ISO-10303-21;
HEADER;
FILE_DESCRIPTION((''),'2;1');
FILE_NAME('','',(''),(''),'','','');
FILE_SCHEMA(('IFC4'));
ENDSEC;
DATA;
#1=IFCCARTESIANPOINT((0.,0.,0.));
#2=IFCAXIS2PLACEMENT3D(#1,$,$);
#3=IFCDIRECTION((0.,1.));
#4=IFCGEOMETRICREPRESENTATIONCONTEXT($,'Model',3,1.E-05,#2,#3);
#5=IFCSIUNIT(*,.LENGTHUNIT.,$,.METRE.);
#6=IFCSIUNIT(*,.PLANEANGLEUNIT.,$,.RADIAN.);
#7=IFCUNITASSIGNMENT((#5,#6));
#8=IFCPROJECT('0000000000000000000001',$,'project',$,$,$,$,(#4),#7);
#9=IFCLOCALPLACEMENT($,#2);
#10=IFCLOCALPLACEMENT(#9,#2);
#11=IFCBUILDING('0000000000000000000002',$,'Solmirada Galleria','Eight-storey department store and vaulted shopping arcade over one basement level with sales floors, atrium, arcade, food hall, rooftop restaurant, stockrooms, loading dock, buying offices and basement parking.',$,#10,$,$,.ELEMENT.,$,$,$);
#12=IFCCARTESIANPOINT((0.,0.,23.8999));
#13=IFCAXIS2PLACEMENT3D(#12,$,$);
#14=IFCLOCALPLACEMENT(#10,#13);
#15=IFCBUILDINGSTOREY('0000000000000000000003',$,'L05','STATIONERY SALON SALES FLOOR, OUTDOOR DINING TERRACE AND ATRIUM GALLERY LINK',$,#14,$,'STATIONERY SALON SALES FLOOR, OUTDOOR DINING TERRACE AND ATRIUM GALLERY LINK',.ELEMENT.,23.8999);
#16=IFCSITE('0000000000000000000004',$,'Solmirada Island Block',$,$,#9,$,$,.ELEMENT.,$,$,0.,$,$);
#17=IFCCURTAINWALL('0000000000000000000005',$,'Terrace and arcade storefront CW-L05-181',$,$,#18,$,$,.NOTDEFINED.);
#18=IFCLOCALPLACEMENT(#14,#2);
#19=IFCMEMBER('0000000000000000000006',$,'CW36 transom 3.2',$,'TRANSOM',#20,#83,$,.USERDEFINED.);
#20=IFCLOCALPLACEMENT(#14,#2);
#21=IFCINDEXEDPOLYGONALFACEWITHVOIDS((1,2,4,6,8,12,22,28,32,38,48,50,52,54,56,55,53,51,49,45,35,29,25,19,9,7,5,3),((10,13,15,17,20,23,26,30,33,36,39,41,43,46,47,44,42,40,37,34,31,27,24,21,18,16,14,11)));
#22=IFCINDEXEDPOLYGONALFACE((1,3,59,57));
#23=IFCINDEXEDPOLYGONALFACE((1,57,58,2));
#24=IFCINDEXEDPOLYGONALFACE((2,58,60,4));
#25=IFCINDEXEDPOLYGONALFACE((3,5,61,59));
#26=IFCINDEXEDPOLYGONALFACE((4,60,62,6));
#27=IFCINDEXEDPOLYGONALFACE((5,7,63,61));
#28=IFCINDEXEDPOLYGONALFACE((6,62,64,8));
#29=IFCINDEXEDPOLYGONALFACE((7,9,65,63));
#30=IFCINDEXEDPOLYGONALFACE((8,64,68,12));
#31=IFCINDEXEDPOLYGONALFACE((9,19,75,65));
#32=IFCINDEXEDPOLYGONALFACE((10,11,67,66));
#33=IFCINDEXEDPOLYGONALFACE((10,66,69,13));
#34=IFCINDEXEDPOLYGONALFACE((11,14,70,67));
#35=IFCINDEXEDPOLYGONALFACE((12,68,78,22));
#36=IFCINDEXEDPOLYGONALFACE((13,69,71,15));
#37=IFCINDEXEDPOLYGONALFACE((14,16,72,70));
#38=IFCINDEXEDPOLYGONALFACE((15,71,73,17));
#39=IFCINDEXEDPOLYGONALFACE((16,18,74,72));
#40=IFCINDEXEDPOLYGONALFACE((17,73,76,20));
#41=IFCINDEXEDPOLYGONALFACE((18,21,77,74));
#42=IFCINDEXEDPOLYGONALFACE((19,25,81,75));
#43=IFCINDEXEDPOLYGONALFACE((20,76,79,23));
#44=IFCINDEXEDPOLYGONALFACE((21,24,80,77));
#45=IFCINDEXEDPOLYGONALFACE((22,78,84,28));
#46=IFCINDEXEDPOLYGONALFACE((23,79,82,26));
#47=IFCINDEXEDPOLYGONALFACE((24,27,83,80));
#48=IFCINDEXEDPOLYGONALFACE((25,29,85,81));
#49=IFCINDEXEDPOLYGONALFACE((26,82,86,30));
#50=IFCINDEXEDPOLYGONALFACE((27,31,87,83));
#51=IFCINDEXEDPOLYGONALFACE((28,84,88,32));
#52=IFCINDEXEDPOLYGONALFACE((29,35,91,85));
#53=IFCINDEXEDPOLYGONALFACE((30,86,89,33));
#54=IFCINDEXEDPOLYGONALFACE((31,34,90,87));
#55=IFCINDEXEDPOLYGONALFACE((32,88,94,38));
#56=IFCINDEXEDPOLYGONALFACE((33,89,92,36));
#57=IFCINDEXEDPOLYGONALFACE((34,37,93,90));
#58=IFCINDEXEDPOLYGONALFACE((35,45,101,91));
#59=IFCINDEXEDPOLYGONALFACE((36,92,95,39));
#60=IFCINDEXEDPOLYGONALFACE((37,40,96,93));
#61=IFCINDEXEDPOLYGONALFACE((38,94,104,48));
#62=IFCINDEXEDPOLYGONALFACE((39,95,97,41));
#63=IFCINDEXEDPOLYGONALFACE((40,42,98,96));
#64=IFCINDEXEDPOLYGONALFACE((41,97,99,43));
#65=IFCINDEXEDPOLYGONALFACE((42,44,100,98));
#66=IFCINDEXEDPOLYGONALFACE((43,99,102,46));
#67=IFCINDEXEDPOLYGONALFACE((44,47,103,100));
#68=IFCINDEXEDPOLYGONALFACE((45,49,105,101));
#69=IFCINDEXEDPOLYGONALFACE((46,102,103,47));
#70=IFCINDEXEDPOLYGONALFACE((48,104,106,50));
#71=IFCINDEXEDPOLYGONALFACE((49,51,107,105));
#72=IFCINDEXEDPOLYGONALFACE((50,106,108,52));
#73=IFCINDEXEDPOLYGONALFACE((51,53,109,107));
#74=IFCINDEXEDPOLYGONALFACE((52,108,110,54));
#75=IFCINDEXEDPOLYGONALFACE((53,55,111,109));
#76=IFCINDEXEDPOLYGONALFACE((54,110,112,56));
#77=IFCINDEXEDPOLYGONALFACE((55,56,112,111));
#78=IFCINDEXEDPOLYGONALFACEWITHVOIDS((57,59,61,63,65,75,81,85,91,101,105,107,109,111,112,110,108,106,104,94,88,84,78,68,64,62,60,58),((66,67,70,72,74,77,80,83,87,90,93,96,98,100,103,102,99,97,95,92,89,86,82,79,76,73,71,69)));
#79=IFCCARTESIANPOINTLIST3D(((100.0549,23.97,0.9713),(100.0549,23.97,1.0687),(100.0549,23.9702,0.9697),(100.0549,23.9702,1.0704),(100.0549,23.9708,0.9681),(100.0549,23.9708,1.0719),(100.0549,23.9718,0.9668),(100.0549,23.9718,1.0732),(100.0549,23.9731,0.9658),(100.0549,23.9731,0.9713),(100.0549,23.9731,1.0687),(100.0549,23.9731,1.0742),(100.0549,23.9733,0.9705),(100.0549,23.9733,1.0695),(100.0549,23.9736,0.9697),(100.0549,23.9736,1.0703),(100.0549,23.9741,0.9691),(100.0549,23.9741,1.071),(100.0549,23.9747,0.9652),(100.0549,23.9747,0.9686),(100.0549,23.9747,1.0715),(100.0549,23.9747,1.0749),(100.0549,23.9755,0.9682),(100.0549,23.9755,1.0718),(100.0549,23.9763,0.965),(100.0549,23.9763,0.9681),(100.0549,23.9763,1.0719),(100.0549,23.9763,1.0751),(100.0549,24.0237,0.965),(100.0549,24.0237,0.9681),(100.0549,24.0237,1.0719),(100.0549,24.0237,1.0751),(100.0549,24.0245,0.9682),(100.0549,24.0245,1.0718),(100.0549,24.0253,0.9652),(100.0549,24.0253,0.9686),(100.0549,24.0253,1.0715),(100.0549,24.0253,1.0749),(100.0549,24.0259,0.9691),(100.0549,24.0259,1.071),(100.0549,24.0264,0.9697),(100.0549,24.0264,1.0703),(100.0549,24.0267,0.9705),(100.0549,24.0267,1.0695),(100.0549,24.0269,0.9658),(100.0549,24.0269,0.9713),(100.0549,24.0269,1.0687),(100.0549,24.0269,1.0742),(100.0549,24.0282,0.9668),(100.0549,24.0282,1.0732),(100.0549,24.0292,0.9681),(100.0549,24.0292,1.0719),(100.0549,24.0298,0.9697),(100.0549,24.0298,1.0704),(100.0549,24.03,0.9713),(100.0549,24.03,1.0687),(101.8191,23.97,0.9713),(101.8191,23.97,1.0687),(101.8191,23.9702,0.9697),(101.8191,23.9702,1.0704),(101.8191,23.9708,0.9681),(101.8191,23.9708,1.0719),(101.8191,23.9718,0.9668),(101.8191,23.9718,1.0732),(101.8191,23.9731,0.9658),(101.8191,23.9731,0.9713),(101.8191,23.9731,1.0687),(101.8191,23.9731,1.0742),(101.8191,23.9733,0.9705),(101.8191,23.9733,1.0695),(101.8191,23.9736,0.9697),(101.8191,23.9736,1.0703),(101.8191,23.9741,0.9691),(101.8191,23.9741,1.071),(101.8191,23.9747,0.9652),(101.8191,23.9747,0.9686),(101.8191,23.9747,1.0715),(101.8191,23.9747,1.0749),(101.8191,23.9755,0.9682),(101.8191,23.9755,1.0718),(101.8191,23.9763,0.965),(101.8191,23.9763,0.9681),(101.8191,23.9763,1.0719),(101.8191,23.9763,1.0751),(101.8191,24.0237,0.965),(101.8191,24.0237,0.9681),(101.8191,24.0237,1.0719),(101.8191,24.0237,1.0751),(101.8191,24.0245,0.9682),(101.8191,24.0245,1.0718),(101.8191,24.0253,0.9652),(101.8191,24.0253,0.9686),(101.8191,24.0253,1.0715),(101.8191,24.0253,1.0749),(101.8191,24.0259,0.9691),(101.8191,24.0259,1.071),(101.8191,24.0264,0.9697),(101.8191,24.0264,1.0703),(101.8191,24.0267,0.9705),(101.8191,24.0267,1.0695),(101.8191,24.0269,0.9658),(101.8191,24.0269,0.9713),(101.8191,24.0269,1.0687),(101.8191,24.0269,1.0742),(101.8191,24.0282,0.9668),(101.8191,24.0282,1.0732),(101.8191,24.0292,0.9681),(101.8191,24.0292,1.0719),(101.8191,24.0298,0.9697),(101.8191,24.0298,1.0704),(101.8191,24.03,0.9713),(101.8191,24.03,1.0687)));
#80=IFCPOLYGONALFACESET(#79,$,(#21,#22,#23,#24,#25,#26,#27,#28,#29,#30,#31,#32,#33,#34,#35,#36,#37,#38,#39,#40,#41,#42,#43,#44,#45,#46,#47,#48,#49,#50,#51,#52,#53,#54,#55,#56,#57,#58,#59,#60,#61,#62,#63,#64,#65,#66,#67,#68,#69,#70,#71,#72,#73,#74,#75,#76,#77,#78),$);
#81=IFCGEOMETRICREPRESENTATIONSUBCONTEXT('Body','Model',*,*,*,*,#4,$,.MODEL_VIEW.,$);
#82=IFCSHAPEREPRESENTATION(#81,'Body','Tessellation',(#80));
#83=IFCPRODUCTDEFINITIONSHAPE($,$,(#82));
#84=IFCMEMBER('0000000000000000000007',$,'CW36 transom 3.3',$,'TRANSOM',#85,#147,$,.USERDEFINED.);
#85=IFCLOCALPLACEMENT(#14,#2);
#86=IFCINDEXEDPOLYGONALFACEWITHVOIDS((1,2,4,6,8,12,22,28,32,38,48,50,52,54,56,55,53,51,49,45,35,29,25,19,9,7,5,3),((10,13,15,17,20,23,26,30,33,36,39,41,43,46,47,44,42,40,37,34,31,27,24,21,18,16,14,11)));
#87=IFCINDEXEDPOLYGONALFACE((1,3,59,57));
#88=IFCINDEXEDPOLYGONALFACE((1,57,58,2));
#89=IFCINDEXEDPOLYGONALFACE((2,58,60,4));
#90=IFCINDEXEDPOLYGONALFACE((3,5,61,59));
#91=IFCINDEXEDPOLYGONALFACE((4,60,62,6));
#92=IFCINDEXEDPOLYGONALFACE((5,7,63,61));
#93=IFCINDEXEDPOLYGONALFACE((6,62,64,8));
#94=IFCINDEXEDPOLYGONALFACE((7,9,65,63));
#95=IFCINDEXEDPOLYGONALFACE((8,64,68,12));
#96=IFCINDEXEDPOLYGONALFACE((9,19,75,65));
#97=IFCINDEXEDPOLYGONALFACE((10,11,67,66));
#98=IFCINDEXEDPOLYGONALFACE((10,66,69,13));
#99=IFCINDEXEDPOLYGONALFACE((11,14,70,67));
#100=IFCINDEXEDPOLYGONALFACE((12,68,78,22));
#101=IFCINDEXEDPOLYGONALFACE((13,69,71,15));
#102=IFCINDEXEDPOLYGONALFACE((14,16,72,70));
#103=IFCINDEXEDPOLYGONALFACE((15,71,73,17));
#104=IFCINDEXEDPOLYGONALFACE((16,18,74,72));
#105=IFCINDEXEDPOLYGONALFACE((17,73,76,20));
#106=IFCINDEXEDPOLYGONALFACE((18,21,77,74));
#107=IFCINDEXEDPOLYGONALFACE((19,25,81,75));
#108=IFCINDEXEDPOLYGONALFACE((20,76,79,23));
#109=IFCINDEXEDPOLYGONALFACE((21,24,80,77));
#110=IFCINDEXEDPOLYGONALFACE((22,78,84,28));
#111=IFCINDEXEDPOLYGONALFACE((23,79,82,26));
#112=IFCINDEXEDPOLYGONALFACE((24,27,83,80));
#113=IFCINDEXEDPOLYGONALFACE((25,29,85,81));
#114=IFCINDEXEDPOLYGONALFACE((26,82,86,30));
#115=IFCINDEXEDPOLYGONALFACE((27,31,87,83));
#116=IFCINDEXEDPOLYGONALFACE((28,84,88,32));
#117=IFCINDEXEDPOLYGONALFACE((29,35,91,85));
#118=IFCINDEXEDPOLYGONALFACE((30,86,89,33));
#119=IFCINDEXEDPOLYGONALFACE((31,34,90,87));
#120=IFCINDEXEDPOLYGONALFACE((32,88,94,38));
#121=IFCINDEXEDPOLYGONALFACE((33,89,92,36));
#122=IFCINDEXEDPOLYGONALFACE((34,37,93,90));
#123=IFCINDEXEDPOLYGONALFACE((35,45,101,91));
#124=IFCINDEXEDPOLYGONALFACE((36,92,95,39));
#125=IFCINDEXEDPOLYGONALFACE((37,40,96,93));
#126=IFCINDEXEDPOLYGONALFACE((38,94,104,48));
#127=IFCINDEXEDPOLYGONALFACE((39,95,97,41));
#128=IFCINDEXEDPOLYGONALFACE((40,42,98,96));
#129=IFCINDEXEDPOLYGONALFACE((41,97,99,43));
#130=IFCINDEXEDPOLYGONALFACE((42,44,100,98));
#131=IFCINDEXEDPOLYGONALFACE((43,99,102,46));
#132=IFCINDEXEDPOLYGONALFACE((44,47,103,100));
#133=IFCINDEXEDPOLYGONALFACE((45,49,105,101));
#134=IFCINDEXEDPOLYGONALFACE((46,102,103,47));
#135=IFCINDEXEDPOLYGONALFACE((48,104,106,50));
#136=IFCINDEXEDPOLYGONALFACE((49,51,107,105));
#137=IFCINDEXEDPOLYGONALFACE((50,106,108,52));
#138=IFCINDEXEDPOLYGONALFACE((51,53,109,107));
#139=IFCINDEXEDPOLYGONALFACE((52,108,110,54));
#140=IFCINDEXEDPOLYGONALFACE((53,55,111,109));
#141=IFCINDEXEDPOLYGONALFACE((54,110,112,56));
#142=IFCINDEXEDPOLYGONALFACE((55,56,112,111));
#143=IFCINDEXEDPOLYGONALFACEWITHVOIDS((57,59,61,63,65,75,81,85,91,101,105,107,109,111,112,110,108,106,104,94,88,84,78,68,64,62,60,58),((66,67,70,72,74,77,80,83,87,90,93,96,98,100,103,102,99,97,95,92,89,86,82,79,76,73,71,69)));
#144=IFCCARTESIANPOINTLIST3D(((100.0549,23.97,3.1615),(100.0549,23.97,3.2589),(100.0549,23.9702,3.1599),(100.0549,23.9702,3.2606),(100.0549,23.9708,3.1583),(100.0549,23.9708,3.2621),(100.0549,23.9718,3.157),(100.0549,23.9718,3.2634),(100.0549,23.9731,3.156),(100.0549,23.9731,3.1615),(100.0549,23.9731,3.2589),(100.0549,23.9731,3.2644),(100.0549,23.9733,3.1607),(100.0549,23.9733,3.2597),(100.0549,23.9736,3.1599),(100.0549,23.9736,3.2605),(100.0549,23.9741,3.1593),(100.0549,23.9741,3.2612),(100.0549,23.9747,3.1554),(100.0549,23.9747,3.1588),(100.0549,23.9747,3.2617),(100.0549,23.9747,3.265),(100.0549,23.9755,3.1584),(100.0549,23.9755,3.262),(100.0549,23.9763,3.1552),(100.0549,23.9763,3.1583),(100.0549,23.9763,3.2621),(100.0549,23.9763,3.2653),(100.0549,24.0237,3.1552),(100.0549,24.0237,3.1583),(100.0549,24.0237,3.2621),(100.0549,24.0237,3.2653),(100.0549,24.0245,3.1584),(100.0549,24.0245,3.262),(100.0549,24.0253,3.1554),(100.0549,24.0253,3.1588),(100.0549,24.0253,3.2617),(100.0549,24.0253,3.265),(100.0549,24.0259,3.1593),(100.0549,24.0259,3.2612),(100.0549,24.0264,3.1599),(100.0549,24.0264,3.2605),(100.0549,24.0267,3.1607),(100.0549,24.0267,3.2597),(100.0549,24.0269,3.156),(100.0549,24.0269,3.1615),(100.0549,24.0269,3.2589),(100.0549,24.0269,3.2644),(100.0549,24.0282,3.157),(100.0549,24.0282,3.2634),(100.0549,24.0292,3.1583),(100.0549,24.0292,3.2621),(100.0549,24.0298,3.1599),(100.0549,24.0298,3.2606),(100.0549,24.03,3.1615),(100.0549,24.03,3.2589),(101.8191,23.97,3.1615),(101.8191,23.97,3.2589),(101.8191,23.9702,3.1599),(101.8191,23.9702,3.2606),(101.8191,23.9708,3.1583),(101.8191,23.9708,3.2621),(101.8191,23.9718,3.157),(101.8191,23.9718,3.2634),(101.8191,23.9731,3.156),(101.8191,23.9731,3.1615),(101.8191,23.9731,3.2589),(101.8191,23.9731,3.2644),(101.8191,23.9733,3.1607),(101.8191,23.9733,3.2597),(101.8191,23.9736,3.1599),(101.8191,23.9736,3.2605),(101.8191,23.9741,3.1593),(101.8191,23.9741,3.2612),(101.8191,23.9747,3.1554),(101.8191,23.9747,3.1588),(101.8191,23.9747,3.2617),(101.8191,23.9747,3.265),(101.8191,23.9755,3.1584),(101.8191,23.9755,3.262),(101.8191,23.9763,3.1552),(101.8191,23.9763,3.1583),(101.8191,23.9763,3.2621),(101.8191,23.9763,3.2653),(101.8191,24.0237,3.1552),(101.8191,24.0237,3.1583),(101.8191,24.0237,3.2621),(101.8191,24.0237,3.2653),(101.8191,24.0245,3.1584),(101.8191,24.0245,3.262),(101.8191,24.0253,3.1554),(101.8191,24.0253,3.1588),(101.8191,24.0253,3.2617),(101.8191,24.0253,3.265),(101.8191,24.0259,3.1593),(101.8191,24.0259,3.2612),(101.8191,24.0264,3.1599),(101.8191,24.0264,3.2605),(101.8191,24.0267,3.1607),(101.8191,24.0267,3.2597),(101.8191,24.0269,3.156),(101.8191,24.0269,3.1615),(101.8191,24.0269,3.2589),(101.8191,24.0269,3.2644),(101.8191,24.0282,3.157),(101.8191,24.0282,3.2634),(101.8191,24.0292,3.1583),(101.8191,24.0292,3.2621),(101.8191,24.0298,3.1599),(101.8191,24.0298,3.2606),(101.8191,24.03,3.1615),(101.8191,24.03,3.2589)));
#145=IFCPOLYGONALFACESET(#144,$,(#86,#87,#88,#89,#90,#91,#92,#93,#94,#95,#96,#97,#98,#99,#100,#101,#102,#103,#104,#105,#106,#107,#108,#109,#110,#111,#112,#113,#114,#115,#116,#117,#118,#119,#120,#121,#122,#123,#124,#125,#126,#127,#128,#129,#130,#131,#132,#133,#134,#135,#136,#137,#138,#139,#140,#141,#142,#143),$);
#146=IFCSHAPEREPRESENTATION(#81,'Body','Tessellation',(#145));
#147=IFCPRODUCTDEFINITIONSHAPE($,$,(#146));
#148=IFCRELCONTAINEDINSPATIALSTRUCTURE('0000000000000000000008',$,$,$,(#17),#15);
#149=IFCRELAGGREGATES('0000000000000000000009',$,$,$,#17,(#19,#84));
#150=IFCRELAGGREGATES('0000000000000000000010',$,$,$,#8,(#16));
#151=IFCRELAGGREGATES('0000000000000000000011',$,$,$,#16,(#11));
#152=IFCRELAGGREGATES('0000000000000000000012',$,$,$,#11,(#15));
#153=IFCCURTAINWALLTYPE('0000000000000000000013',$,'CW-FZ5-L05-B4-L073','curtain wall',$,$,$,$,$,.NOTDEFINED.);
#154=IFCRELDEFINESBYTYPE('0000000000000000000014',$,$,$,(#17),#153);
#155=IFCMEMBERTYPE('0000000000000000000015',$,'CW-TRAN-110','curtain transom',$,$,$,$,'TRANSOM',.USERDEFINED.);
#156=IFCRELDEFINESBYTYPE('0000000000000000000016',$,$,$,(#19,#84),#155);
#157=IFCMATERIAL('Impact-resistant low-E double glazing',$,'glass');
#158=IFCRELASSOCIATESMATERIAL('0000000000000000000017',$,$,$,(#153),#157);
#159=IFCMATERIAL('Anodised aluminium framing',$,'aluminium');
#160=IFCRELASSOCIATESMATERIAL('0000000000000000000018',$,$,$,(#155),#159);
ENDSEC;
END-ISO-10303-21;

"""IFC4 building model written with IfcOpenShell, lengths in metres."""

from ifc_helpers import new_model, si_unit, direction, frame, origin, origin_2d, place, context, subcontext, project, spatial, hollow_rectangle, extrude, material, material_profile, profile_set, type_object, element, aggregate, save


model = new_model("IFC4")

# Units and contexts
model_context = context("Model", 3, precision=1e-05, world=origin(), true_north=direction((0.0, 1.0)))
body_context = subcontext(model_context, "Body", "Model", "MODEL_VIEW")
ifc_project = project(units=[si_unit("LENGTHUNIT", "METRE"), si_unit("PLANEANGLEUNIT", "RADIAN")], contexts=[model_context])

# Site, building, storey
site_placement = place(None, origin())
site = spatial("IfcSite", under=ifc_project, at=site_placement, Name="Solmirada Island Block", CompositionType="ELEMENT", RefElevation=0.0)
building_placement = place(site_placement, origin())
building = spatial("IfcBuilding", under=site, at=building_placement, Name="Solmirada Galleria", Description="Eight-storey department store and vaulted shopping arcade over one basement level with sales floors, atrium, arcade, food hall, rooftop restaurant, stockrooms, loading dock, buying offices and basement parking.", CompositionType="ELEMENT")
storey_placement = place(building_placement, frame((0.0, 0.0, 23.8999)))
storey = spatial("IfcBuildingStorey", under=building, at=storey_placement, Name="L05", Description="STATIONERY SALON SALES FLOOR, OUTDOOR DINING TERRACE AND ATRIUM GALLERY LINK", LongName="STATIONERY SALON SALES FLOOR, OUTDOOR DINING TERRACE AND ATRIUM GALLERY LINK", CompositionType="ELEMENT", Elevation=23.8999)

# Curtain wall, members
ifc_material_1 = material(Name="Impact-resistant low-E double glazing", Category="glass")
curtain_wall_type = type_object("IfcCurtainWallType", Name="CW-FZ5-L05-B4-L073", Description="curtain wall", PredefinedType="NOTDEFINED", material=ifc_material_1)
curtain_wall_placement = place(storey_placement, origin())
curtain_wall = element("IfcCurtainWall", 1, at=curtain_wall_placement, inside=storey, type_object=curtain_wall_type, Name="Terrace and arcade storefront CW-L05-181", PredefinedType="NOTDEFINED")
ifc_material_2 = material(Name="Anodised aluminium framing", Category="aluminium")
ifc_material_profile_1 = material_profile(ifc_material_2, hollow_rectangle(XDim=0.0601, YDim=0.1101, WallThickness=0.0032, InnerFilletRadius=0.0032, OuterFilletRadius=0.0063, at=origin_2d()), Name="ALU-TRAN-110X60")
ifc_profile_set_1 = profile_set([ifc_material_profile_1], Name="Anodised aluminium framing")
member_type_1 = type_object("IfcMemberType", Name="CW-TRAN-110", Description="curtain transom", ElementType="TRANSOM", PredefinedType="USERDEFINED", material=ifc_profile_set_1)
member_1_placement = place(storey_placement, frame((100.0549, 24.0, 1.02), z_axis=(1.0, 0.0, 0.0), x_axis=(0.0, 1.0, 0.0)))
member_1 = element("IfcMember", 2, at=member_1_placement, type_object=member_type_1, Name="CW36 transom 3.2", ObjectType="TRANSOM", PredefinedType="USERDEFINED", context=body_context, shape_type="SweptSolid", body=[
    extrude(hollow_rectangle(XDim=0.0601, YDim=0.1101, WallThickness=0.0032, InnerFilletRadius=0.0032, OuterFilletRadius=0.0063, at=origin_2d()), origin(), (0.0, 0.0, 1.0), 1.7642),
])
member_2_placement = place(storey_placement, frame((100.0549, 24.0, 3.2102), z_axis=(1.0, 0.0, 0.0), x_axis=(0.0, 1.0, 0.0)))
member_2 = element("IfcMember", 3, at=member_2_placement, type_object=member_type_1, Name="CW36 transom 3.3", ObjectType="TRANSOM", PredefinedType="USERDEFINED", context=body_context, shape_type="SweptSolid", body=[
    extrude(hollow_rectangle(XDim=0.0601, YDim=0.1101, WallThickness=0.0032, InnerFilletRadius=0.0032, OuterFilletRadius=0.0063, at=origin_2d()), origin(), (0.0, 0.0, 1.0), 1.7642),
])
aggregate(curtain_wall, [member_1, member_2])

save(model, "model.ifc")
